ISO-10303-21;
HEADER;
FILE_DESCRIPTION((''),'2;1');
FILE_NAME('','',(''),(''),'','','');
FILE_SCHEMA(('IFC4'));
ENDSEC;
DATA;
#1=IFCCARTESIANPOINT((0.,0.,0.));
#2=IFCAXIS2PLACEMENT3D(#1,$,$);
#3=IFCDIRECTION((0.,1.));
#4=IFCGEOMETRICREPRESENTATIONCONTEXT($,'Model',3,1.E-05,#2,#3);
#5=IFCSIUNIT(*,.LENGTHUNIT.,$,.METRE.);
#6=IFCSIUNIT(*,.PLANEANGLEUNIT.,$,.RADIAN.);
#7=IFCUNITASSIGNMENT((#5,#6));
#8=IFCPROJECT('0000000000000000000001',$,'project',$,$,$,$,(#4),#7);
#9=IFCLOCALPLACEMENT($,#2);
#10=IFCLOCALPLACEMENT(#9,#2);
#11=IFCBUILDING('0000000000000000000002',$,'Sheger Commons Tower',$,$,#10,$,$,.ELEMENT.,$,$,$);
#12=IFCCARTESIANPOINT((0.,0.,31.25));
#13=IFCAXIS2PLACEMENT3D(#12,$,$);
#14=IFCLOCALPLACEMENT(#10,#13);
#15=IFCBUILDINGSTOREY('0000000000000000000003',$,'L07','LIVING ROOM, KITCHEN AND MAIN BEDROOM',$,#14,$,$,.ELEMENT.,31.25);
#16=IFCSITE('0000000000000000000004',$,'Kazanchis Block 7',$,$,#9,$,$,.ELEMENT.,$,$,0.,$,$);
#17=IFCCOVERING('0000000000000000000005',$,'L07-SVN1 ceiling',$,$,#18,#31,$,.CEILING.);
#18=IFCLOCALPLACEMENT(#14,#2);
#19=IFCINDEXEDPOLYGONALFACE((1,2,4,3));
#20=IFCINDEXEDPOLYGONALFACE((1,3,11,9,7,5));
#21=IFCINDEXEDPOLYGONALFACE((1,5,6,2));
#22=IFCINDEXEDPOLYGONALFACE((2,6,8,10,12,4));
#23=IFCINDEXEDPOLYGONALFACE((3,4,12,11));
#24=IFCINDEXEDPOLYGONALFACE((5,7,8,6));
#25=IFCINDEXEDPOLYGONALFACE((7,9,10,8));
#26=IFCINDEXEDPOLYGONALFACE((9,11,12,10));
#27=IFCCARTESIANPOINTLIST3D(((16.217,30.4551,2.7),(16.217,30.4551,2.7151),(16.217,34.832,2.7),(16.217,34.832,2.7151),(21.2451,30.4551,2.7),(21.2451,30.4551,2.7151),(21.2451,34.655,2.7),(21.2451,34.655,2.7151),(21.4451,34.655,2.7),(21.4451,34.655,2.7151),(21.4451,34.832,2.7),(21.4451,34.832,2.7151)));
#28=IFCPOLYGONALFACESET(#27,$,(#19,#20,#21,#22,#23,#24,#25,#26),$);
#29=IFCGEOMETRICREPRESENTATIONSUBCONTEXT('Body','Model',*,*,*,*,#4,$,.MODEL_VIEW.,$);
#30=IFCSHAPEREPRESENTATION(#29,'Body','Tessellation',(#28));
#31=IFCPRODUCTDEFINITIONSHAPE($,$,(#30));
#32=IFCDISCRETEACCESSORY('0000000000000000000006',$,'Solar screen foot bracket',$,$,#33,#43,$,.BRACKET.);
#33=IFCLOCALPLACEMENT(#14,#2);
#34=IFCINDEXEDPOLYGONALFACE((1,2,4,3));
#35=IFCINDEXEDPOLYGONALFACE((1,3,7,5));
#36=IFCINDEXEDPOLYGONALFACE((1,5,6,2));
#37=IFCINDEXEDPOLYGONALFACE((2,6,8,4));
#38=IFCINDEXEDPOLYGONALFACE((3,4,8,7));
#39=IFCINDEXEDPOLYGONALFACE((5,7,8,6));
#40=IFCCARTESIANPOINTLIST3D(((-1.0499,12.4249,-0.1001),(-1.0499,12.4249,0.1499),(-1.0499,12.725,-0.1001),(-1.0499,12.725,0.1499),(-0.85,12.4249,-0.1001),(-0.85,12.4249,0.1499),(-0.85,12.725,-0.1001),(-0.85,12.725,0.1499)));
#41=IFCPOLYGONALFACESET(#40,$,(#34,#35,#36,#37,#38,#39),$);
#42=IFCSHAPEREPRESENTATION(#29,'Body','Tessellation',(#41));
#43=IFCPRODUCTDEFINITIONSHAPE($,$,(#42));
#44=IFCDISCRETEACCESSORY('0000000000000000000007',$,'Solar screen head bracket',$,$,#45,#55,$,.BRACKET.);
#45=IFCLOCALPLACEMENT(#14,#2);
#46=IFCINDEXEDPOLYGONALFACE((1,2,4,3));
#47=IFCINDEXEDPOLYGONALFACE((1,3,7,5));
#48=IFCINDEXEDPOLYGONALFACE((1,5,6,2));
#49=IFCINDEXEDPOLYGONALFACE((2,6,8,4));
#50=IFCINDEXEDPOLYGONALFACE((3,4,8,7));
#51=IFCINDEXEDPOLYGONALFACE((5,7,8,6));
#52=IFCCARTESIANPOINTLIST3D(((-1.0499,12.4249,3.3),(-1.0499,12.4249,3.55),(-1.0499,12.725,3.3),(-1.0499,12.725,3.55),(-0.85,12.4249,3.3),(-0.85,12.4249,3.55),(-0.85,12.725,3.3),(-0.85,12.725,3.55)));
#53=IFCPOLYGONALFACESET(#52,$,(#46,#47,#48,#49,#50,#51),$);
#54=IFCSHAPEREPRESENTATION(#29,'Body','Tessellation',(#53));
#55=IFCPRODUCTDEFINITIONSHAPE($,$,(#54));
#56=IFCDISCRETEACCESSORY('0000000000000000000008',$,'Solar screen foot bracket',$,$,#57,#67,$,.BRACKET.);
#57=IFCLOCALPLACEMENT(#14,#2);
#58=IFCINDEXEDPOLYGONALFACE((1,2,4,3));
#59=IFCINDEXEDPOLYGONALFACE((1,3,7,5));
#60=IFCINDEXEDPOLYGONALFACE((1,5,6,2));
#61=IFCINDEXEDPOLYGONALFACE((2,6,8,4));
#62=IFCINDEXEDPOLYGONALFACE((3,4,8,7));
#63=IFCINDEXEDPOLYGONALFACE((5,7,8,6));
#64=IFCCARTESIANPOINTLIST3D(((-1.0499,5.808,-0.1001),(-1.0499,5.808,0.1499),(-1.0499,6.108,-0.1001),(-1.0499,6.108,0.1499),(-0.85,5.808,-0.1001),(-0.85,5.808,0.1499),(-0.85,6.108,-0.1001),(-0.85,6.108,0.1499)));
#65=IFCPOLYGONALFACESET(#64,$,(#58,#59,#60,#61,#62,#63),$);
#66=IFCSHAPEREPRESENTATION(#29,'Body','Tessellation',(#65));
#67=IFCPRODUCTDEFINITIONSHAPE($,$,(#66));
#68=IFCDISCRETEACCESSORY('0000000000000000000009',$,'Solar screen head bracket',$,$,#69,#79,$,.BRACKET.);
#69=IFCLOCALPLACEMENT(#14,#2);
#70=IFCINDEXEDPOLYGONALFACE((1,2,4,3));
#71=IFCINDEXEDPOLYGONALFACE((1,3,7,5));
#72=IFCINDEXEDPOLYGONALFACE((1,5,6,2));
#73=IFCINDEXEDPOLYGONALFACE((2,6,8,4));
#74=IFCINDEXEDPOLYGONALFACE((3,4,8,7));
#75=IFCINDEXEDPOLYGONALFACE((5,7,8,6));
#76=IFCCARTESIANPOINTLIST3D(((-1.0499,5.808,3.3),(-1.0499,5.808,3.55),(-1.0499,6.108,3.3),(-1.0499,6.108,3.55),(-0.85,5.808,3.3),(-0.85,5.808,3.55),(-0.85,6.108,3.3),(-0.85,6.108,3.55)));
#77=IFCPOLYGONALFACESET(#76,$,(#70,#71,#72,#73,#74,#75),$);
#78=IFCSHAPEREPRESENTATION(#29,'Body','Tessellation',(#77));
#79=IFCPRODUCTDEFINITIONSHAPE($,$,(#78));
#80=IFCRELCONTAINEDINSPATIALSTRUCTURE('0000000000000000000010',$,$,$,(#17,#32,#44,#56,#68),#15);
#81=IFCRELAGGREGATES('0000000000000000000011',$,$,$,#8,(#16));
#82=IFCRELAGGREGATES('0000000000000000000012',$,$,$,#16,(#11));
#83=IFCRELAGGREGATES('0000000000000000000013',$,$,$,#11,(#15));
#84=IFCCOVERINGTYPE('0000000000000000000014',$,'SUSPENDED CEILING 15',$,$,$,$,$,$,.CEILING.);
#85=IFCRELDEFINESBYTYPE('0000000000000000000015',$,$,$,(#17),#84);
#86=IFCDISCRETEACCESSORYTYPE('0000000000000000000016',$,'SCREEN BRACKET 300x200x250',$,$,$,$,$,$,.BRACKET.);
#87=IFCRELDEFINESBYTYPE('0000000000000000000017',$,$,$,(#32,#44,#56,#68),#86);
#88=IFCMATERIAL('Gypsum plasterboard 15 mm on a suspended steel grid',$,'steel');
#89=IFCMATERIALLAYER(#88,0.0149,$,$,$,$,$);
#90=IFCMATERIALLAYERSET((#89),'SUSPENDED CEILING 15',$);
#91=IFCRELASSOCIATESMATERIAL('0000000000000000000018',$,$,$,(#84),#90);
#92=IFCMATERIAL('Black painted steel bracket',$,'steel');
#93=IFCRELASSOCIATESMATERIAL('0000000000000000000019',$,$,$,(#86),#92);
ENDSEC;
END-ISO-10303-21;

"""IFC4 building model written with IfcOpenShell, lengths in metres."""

from ifc_helpers import new_model, si_unit, direction, frame, origin, origin_2d, place, context, subcontext, project, spatial, polyline, rectangle, outline, extrude, material, layer, layer_set, type_object, element, save


model = new_model("IFC4")

# Units and contexts
model_context = context("Model", 3, precision=1e-05, world=origin(), true_north=direction((0.0, 1.0)))
body_context = subcontext(model_context, "Body", "Model", "MODEL_VIEW")
ifc_project = project(units=[si_unit("LENGTHUNIT", "METRE"), si_unit("PLANEANGLEUNIT", "RADIAN")], contexts=[model_context])

# Site, building, storey
site_placement = place(None, origin())
site = spatial("IfcSite", under=ifc_project, at=site_placement, Name="Kazanchis Block 7", CompositionType="ELEMENT", RefElevation=0.0)
building_placement = place(site_placement, origin())
building = spatial("IfcBuilding", under=site, at=building_placement, Name="Sheger Commons Tower", CompositionType="ELEMENT")
storey_placement = place(building_placement, frame((0.0, 0.0, 31.25)))
storey = spatial("IfcBuildingStorey", under=building, at=storey_placement, Name="L07", Description="LIVING ROOM, KITCHEN AND MAIN BEDROOM", CompositionType="ELEMENT", Elevation=31.25)

# Covering
ifc_material_1 = material(Name="Gypsum plasterboard 15 mm on a suspended steel grid", Category="steel")
ifc_layer_1 = layer(ifc_material_1, 0.0149)
ifc_layer_set_1 = layer_set([ifc_layer_1], Name="SUSPENDED CEILING 15")
covering_type_1 = type_object("IfcCoveringType", Name="SUSPENDED CEILING 15", PredefinedType="CEILING", material=ifc_layer_set_1)
covering_1_placement = place(storey_placement, frame((0.0, 0.0, 2.7)))
element("IfcCovering", 1, at=covering_1_placement, inside=storey, type_object=covering_type_1, Name="L07-SVN1 ceiling", PredefinedType="CEILING", context=body_context, shape_type="SweptSolid", body=[
    extrude(outline(polyline([(16.217, 30.4551), (21.2451, 30.4551), (21.2451, 34.655), (21.4451, 34.655), (21.4451, 34.832), (16.217, 34.832), (16.217, 30.4551)])), origin(), (0.0, 0.0, 1.0), 0.0151),
])

# Discrete accessories
ifc_material_2 = material(Name="Black painted steel bracket", Category="steel")
discrete_accessory_type = type_object("IfcDiscreteAccessoryType", Name="SCREEN BRACKET 300x200x250", PredefinedType="BRACKET", material=ifc_material_2)
for number, where, z_axis, x_axis, name in (
    (2, (-0.95, 12.575, -0.1001), (0.0, 0.0, 1.0), (0.0, -1.0, 0.0), "Solar screen foot bracket"),
    (3, (-0.95, 12.575, 3.3), (0.0, 0.0, 1.0), (0.0, -1.0, 0.0), "Solar screen head bracket"),
    (4, (-0.95, 5.958, -0.1001), (0.0, 0.0, 1.0), (0.0, -1.0, 0.0), "Solar screen foot bracket"),
    (5, (-0.95, 5.958, 3.3), (0.0, 0.0, 1.0), (0.0, -1.0, 0.0), "Solar screen head bracket"),
):
    element("IfcDiscreteAccessory", number, at=place(storey_placement, frame(where, z_axis=z_axis, x_axis=x_axis)), inside=storey, type_object=discrete_accessory_type, Name=name, PredefinedType="BRACKET", context=body_context, shape_type="SweptSolid", body=[
        extrude(rectangle(XDim=0.3, YDim=0.2, at=origin_2d()), origin(), (0.0, 0.0, 1.0), 0.25),
    ])

save(model, "model.ifc")
